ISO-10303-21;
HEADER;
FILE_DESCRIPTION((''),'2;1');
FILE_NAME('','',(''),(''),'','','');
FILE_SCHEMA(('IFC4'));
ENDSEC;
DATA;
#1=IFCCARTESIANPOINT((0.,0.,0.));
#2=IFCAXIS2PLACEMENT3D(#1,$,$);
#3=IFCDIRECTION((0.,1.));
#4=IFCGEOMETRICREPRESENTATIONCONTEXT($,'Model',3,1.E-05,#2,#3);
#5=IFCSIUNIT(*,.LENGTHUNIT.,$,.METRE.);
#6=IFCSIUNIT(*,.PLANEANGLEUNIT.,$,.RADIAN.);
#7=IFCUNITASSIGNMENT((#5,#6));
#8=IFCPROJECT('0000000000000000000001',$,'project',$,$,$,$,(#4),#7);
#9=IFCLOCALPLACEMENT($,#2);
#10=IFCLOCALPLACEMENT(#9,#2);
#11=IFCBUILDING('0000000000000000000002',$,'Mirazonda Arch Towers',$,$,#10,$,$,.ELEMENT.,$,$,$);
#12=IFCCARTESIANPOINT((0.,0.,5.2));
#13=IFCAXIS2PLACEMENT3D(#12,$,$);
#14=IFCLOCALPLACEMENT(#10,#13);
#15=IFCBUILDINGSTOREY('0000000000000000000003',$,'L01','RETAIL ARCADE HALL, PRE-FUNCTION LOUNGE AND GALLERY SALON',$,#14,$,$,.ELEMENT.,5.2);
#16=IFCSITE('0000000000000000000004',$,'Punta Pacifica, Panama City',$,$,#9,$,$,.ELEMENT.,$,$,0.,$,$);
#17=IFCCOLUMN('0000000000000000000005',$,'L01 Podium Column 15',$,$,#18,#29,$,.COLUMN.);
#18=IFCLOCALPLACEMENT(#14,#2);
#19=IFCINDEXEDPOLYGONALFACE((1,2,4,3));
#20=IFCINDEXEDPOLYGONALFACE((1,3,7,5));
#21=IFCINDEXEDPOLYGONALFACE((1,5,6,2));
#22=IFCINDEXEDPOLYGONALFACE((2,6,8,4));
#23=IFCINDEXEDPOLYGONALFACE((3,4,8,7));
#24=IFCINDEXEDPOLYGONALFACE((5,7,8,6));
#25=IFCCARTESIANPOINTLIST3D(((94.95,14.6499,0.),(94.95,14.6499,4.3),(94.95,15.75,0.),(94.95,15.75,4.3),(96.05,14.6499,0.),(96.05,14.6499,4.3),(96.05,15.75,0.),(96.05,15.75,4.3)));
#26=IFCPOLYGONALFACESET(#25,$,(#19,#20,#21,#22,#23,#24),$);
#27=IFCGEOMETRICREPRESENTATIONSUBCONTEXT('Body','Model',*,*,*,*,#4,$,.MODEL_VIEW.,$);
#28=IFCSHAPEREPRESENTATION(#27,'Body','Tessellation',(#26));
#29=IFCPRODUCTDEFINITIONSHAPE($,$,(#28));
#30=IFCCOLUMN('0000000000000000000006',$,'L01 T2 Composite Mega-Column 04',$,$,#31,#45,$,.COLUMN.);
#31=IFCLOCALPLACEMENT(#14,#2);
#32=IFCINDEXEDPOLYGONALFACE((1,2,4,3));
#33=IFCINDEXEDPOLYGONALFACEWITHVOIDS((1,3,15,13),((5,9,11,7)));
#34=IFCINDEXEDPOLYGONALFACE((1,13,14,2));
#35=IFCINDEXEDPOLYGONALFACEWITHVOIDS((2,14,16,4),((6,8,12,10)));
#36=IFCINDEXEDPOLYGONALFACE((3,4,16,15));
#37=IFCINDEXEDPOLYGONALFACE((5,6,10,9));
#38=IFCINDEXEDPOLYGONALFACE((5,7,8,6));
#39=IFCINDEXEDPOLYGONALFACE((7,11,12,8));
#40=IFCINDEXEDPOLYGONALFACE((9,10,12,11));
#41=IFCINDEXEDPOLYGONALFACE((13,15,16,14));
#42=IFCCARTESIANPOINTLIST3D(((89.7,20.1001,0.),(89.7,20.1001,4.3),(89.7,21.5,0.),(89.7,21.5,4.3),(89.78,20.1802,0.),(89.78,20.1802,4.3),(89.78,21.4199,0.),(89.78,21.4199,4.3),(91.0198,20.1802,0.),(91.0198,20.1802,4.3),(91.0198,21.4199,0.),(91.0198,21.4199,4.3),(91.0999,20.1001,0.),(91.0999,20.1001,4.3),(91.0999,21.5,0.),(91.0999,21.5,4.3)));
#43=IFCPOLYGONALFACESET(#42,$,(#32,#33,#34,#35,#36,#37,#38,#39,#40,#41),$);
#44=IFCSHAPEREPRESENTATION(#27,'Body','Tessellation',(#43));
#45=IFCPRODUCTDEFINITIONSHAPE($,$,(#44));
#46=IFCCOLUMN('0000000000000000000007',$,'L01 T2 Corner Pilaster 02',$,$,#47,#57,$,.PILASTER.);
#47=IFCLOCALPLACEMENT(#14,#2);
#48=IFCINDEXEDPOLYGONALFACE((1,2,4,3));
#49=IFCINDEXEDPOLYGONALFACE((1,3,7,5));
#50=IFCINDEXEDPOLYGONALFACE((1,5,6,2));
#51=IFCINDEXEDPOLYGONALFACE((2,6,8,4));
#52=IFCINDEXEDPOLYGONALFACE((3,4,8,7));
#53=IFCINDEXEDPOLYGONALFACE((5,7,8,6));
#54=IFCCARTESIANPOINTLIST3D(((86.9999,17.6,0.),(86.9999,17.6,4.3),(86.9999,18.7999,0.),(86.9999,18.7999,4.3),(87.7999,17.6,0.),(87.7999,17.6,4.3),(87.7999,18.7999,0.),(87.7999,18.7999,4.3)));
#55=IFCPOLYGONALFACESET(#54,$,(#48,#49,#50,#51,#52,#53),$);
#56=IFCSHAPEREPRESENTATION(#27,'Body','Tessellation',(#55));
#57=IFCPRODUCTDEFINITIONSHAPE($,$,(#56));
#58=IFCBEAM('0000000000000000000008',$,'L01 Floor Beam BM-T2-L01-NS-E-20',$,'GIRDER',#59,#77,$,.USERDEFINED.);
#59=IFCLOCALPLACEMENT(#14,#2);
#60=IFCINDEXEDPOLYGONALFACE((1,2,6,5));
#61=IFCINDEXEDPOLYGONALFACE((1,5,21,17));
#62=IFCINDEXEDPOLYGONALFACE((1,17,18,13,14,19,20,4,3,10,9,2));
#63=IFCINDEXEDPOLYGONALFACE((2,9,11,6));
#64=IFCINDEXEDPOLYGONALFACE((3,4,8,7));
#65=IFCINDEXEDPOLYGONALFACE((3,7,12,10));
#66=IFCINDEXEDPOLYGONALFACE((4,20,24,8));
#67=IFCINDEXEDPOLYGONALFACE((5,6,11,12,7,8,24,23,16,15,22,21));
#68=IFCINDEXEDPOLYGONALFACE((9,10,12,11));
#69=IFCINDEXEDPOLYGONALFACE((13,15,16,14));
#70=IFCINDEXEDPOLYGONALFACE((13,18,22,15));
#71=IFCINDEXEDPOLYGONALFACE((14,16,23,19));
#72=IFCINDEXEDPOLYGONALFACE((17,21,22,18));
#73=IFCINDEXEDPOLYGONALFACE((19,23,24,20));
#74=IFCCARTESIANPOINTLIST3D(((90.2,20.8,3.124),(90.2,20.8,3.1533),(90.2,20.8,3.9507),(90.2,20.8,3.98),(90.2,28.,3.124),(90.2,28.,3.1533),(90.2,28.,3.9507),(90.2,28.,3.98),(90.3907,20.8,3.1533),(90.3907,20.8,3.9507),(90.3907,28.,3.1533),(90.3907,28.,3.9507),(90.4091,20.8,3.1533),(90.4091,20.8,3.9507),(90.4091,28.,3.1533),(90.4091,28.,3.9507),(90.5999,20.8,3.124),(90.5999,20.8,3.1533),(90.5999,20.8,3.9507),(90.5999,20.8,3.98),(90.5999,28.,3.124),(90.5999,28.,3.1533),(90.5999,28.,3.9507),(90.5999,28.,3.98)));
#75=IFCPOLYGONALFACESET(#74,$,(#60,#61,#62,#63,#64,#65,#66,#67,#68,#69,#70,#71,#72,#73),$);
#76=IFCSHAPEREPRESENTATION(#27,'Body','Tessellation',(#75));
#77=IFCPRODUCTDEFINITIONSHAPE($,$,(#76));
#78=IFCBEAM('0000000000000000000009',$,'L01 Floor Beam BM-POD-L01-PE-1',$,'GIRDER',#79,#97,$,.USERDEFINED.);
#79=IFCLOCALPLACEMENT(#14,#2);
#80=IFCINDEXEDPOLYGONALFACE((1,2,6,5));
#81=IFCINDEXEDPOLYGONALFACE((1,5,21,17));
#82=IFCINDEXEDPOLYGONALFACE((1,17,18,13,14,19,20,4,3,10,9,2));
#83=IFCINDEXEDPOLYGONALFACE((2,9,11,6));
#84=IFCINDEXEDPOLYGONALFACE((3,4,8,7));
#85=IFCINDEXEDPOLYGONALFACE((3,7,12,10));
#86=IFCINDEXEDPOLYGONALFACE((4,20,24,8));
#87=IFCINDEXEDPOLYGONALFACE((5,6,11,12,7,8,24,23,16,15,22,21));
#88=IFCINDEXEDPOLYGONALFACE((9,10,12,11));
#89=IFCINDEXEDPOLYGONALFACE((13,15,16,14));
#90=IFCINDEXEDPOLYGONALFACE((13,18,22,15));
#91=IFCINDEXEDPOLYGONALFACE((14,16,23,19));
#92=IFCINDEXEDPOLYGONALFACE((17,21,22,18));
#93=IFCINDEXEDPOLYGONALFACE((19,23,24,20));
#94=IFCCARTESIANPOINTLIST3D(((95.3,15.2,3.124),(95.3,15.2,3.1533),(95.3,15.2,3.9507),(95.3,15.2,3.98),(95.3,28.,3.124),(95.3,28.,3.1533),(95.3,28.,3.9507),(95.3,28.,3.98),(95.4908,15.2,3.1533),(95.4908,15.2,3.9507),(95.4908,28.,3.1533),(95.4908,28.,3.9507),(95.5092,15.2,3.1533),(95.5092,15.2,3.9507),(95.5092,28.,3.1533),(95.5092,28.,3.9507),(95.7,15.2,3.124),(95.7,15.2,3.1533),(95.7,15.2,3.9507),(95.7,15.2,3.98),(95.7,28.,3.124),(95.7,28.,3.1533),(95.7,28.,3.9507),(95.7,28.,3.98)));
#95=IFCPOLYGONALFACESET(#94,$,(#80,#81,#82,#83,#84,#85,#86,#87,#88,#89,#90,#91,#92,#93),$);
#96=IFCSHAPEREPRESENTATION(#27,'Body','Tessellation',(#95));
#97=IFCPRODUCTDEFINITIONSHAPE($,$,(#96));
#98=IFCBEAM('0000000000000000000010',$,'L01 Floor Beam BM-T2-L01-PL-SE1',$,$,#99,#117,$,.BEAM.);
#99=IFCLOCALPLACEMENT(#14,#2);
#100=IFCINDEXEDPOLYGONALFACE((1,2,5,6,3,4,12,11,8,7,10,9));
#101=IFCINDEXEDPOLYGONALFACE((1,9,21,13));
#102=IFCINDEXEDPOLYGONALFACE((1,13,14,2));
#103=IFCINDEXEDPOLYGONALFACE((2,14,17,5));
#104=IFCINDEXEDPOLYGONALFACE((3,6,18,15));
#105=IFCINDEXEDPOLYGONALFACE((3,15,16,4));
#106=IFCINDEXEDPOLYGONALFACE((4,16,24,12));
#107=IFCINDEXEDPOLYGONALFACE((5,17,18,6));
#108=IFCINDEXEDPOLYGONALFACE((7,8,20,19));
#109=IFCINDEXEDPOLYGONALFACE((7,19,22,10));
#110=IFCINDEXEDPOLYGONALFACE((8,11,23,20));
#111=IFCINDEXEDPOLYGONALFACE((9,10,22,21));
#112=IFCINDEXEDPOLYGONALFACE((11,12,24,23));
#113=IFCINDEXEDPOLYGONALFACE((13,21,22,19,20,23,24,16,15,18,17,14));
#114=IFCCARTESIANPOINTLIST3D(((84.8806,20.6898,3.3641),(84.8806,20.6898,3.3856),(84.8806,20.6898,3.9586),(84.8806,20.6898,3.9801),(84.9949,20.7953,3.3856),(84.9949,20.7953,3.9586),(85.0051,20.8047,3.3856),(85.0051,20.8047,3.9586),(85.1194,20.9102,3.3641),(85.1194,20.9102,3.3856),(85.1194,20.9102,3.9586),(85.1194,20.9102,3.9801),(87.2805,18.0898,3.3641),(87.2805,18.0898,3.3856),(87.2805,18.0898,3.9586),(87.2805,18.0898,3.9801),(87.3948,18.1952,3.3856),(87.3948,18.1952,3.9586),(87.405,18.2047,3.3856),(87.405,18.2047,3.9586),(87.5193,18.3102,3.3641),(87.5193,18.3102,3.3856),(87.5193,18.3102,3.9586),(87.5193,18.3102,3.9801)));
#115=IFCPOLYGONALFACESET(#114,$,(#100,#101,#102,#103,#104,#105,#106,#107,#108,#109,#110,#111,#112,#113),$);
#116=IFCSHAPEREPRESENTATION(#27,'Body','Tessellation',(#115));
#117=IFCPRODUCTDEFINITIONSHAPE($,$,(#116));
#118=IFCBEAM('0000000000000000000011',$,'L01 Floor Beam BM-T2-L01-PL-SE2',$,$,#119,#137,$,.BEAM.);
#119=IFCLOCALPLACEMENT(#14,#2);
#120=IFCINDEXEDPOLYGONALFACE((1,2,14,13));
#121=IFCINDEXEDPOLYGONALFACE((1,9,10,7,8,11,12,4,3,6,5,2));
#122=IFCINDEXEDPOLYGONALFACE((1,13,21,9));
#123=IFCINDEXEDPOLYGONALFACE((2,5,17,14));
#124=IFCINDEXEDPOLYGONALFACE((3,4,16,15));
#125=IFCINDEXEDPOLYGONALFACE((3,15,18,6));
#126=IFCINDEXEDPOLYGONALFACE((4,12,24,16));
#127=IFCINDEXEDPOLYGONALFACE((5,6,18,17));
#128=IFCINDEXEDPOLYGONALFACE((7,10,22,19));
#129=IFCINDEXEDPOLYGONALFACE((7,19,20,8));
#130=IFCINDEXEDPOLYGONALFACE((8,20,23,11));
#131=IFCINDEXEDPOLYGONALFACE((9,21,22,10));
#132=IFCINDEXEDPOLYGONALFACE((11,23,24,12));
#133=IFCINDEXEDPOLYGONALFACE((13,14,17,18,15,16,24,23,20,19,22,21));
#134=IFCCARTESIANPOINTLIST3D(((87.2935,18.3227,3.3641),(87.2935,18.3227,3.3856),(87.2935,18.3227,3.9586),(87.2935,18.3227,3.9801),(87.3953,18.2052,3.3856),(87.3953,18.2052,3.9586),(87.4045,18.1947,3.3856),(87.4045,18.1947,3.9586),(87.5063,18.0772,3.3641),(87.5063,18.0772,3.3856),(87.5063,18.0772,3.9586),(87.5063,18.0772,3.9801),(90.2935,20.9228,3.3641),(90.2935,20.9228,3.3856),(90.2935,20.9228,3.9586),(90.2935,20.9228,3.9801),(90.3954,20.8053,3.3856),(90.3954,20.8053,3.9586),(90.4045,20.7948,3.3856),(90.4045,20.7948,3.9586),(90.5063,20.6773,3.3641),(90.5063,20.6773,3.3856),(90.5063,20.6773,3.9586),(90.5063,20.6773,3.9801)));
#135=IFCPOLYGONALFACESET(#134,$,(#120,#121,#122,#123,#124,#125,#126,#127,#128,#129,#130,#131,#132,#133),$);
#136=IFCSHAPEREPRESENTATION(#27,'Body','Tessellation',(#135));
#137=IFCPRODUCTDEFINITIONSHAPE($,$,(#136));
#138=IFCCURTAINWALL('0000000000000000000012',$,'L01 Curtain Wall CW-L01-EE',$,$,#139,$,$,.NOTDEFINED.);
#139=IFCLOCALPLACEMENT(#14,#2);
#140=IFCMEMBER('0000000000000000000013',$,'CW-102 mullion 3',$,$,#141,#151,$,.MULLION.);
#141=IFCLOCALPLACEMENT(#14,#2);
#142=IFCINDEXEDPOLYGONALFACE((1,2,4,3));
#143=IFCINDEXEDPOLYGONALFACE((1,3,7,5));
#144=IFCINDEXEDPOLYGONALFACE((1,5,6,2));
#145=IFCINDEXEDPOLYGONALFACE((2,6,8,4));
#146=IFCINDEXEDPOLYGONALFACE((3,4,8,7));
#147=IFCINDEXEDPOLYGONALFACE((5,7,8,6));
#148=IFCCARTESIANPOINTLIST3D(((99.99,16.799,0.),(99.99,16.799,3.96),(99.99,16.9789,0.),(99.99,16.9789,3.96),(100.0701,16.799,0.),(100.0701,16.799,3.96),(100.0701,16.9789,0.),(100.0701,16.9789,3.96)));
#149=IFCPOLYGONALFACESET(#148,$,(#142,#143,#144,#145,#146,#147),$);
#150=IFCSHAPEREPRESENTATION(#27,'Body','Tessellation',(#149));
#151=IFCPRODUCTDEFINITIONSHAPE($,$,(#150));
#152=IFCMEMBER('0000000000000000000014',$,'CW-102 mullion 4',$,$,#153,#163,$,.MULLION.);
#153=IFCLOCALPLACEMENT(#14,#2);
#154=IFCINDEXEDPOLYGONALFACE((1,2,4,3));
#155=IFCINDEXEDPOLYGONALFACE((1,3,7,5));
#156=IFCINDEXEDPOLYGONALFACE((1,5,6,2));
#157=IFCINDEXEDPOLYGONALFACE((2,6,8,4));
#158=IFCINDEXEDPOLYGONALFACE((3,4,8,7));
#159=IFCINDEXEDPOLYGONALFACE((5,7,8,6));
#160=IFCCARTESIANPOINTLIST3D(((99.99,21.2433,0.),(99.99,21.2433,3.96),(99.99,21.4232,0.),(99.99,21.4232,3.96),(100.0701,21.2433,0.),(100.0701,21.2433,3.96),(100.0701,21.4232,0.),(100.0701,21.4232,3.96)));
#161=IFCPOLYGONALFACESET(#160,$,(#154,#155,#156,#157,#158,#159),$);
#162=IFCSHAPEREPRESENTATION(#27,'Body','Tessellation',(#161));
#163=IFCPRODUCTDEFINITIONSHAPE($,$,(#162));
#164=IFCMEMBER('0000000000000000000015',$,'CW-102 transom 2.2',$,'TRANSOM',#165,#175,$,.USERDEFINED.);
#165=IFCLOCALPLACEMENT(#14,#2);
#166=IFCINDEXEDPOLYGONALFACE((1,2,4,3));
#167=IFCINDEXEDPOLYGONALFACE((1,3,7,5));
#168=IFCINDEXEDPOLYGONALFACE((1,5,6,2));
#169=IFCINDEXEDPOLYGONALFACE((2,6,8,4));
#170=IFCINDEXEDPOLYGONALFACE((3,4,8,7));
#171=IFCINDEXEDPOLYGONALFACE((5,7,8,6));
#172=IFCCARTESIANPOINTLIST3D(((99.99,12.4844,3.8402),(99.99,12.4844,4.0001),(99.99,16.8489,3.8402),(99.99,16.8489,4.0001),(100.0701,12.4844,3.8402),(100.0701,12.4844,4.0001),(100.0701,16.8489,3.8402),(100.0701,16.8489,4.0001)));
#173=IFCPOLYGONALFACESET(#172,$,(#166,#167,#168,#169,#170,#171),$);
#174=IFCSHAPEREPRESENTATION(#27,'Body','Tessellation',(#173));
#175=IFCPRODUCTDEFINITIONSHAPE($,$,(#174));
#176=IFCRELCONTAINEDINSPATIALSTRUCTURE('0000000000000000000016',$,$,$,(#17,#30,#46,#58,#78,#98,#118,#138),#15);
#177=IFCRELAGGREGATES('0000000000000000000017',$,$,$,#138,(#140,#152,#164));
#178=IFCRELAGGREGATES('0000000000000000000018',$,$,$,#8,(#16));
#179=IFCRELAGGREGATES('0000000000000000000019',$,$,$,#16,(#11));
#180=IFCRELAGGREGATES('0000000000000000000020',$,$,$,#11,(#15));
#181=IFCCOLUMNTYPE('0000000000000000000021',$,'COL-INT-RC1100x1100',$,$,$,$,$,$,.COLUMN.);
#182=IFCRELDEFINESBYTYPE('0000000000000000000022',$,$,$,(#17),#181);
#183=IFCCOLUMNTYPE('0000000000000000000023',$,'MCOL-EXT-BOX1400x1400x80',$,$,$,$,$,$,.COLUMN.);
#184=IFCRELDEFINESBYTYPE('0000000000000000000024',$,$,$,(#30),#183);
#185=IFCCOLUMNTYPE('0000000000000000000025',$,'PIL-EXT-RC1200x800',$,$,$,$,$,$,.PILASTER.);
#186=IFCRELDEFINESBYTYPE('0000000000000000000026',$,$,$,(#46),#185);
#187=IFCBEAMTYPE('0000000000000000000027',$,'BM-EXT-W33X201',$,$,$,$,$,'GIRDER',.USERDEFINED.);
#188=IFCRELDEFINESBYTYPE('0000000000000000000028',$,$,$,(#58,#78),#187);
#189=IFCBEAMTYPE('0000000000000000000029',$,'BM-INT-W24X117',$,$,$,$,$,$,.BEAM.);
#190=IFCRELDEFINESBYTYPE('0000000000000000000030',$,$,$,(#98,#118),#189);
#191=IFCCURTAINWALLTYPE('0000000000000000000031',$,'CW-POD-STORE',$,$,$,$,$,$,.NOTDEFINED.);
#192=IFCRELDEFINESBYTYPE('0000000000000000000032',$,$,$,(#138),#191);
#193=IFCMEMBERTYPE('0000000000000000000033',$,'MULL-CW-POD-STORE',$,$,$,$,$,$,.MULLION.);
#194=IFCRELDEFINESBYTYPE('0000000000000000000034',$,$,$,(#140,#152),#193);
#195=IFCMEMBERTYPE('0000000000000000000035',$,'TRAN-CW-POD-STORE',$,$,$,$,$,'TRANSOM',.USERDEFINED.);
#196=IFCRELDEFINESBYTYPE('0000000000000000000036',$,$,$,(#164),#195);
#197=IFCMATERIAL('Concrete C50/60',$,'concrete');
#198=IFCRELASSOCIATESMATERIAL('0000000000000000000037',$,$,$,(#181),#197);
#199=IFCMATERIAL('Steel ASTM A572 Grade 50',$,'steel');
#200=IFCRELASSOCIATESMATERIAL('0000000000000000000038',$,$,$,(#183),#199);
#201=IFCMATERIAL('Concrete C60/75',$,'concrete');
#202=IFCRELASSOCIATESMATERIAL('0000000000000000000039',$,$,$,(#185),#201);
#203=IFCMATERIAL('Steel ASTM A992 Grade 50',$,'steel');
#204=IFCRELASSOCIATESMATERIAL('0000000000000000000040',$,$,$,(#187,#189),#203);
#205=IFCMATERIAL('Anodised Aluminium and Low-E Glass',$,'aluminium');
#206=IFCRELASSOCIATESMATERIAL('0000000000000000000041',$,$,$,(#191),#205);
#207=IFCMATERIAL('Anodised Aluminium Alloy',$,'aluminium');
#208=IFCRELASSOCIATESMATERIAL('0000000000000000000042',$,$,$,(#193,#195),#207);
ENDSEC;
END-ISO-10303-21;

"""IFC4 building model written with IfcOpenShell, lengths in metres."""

from ifc_helpers import new_model, si_unit, direction, frame, origin, origin_2d, place, context, subcontext, project, spatial, rectangle, hollow_rectangle, i_section, extrude, material, material_profile, profile_set, type_object, element, aggregate, save


model = new_model("IFC4")

# Units and contexts
model_context = context("Model", 3, precision=1e-05, world=origin(), true_north=direction((0.0, 1.0)))
body_context = subcontext(model_context, "Body", "Model", "MODEL_VIEW")
ifc_project = project(units=[si_unit("LENGTHUNIT", "METRE"), si_unit("PLANEANGLEUNIT", "RADIAN")], contexts=[model_context])

# Site, building, storey
site_placement = place(None, origin())
site = spatial("IfcSite", under=ifc_project, at=site_placement, Name="Punta Pacifica, Panama City", CompositionType="ELEMENT", RefElevation=0.0)
building_placement = place(site_placement, origin())
building = spatial("IfcBuilding", under=site, at=building_placement, Name="Mirazonda Arch Towers", CompositionType="ELEMENT")
storey_placement = place(building_placement, frame((0.0, 0.0, 5.2)))
storey = spatial("IfcBuildingStorey", under=building, at=storey_placement, Name="L01", Description="RETAIL ARCADE HALL, PRE-FUNCTION LOUNGE AND GALLERY SALON", CompositionType="ELEMENT", Elevation=5.2)

# Columns
ifc_material_1 = material(Name="Concrete C50/60", Category="concrete")
ifc_material_profile_1 = material_profile(ifc_material_1, rectangle(XDim=1.1001, YDim=1.1001, at=origin_2d()), Name="RC1100x1100")
ifc_profile_set_1 = profile_set([ifc_material_profile_1], Name="Concrete C50/60")
column_type_1 = type_object("IfcColumnType", Name="COL-INT-RC1100x1100", PredefinedType="COLUMN", material=ifc_profile_set_1)
column_1_placement = place(storey_placement, frame((95.5, 15.2, 0.0), z_axis=(0.0, 0.0, 1.0), x_axis=(1.0, 0.0, 0.0)))
element("IfcColumn", 1, at=column_1_placement, inside=storey, type_object=column_type_1, Name="L01 Podium Column 15", PredefinedType="COLUMN", context=body_context, shape_type="SweptSolid", body=[
    extrude(rectangle(XDim=1.1001, YDim=1.1001, at=origin_2d()), origin(), (0.0, 0.0, 1.0), 4.3),
])
ifc_material_2 = material(Name="Steel ASTM A572 Grade 50", Category="steel")
ifc_material_profile_2 = material_profile(ifc_material_2, hollow_rectangle(XDim=1.3999, YDim=1.3999, WallThickness=0.0801, at=origin_2d()), Name="BOX1400x1400x80")
ifc_profile_set_2 = profile_set([ifc_material_profile_2], Name="Steel ASTM A572 Grade 50")
column_type_2 = type_object("IfcColumnType", Name="MCOL-EXT-BOX1400x1400x80", PredefinedType="COLUMN", material=ifc_profile_set_2)
column_2_placement = place(storey_placement, frame((90.3999, 20.8, 0.0), z_axis=(0.0, 0.0, 1.0), x_axis=(1.0, 0.0, 0.0)))
element("IfcColumn", 2, at=column_2_placement, inside=storey, type_object=column_type_2, Name="L01 T2 Composite Mega-Column 04", PredefinedType="COLUMN", context=body_context, shape_type="SweptSolid", body=[
    extrude(hollow_rectangle(XDim=1.3999, YDim=1.3999, WallThickness=0.0801, at=origin_2d()), origin(), (0.0, 0.0, 1.0), 4.3),
])
ifc_material_3 = material(Name="Concrete C60/75", Category="concrete")
ifc_material_profile_3 = material_profile(ifc_material_3, rectangle(XDim=0.8, YDim=1.2, at=origin_2d()), Name="RC1200x800")
ifc_profile_set_3 = profile_set([ifc_material_profile_3], Name="Concrete C60/75")
column_type_3 = type_object("IfcColumnType", Name="PIL-EXT-RC1200x800", PredefinedType="PILASTER", material=ifc_profile_set_3)
column_3_placement = place(storey_placement, frame((87.3999, 18.2, 0.0), z_axis=(0.0, 0.0, 1.0), x_axis=(1.0, 0.0, 0.0)))
element("IfcColumn", 3, at=column_3_placement, inside=storey, type_object=column_type_3, Name="L01 T2 Corner Pilaster 02", PredefinedType="PILASTER", context=body_context, shape_type="SweptSolid", body=[
    extrude(rectangle(XDim=0.8, YDim=1.2, at=origin_2d()), origin(), (0.0, 0.0, 1.0), 4.3),
])

# Beams
ifc_material_4 = material(Name="Steel ASTM A992 Grade 50", Category="steel")
ifc_material_profile_4 = material_profile(ifc_material_4, i_section(OverallWidth=0.3999, OverallDepth=0.856, WebThickness=0.0183, FlangeThickness=0.0293, at=origin_2d()), Name="W33X201")
ifc_profile_set_4 = profile_set([ifc_material_profile_4], Name="Steel ASTM A992 Grade 50")
beam_type_1 = type_object("IfcBeamType", Name="BM-EXT-W33X201", ElementType="GIRDER", PredefinedType="USERDEFINED", material=ifc_profile_set_4)
beam_1_placement = place(storey_placement, frame((90.3999, 20.8, 3.552), z_axis=(0.0, 1.0, 0.0), x_axis=(-1.0, 0.0, 0.0)))
element("IfcBeam", 4, at=beam_1_placement, inside=storey, type_object=beam_type_1, Name="L01 Floor Beam BM-T2-L01-NS-E-20", ObjectType="GIRDER", PredefinedType="USERDEFINED", context=body_context, shape_type="SweptSolid", body=[
    extrude(i_section(OverallWidth=0.3999, OverallDepth=0.856, WebThickness=0.0183, FlangeThickness=0.0293, at=origin_2d()), origin(), (0.0, 0.0, 1.0), 7.2),
])
beam_2_placement = place(storey_placement, frame((95.5, 15.2, 3.552), z_axis=(0.0, 1.0, 0.0), x_axis=(-1.0, 0.0, 0.0)))
element("IfcBeam", 5, at=beam_2_placement, inside=storey, type_object=beam_type_1, Name="L01 Floor Beam BM-POD-L01-PE-1", ObjectType="GIRDER", PredefinedType="USERDEFINED", context=body_context, shape_type="SweptSolid", body=[
    extrude(i_section(OverallWidth=0.3999, OverallDepth=0.856, WebThickness=0.0183, FlangeThickness=0.0293, at=origin_2d()), origin(), (0.0, 0.0, 1.0), 12.8),
])
ifc_material_profile_5 = material_profile(ifc_material_4, i_section(OverallWidth=0.325, OverallDepth=0.616, WebThickness=0.0139, FlangeThickness=0.0215, at=origin_2d()), Name="W24X117")
ifc_profile_set_5 = profile_set([ifc_material_profile_5], Name="Steel ASTM A992 Grade 50")
beam_type_2 = type_object("IfcBeamType", Name="BM-INT-W24X117", PredefinedType="BEAM", material=ifc_profile_set_5)
beam_3_placement = place(storey_placement, frame((87.3999, 18.2, 3.6721), z_axis=(-0.678251, 0.73483, 0.0), x_axis=(-0.73483, -0.678251, 0.0)))
element("IfcBeam", 6, at=beam_3_placement, inside=storey, type_object=beam_type_2, Name="L01 Floor Beam BM-T2-L01-PL-SE1", PredefinedType="BEAM", context=body_context, shape_type="SweptSolid", body=[
    extrude(i_section(OverallWidth=0.325, OverallDepth=0.616, WebThickness=0.0139, FlangeThickness=0.0215, at=origin_2d()), origin(), (0.0, 0.0, 1.0), 3.5383),
])
beam_4_placement = place(storey_placement, frame((87.3999, 18.2, 3.6721), z_axis=(0.755677, 0.654945, 0.0), x_axis=(-0.654945, 0.755677, 0.0)))
element("IfcBeam", 7, at=beam_4_placement, inside=storey, type_object=beam_type_2, Name="L01 Floor Beam BM-T2-L01-PL-SE2", PredefinedType="BEAM", context=body_context, shape_type="SweptSolid", body=[
    extrude(i_section(OverallWidth=0.325, OverallDepth=0.616, WebThickness=0.0139, FlangeThickness=0.0215, at=origin_2d()), origin(), (0.0, 0.0, 1.0), 3.97),
])

# Curtain wall, members
ifc_material_5 = material(Name="Anodised Aluminium and Low-E Glass", Category="aluminium")
curtain_wall_type = type_object("IfcCurtainWallType", Name="CW-POD-STORE", PredefinedType="NOTDEFINED", material=ifc_material_5)
curtain_wall_placement = place(storey_placement, origin())
curtain_wall = element("IfcCurtainWall", 8, at=curtain_wall_placement, inside=storey, type_object=curtain_wall_type, Name="L01 Curtain Wall CW-L01-EE", PredefinedType="NOTDEFINED")
ifc_material_6 = material(Name="Anodised Aluminium Alloy", Category="aluminium")
ifc_material_profile_6 = material_profile(ifc_material_6, rectangle(XDim=0.0801, YDim=0.1799, at=origin_2d()), Name="ALU-MULL-80x180")
ifc_profile_set_6 = profile_set([ifc_material_profile_6], Name="Anodised Aluminium Alloy")
member_type_1 = type_object("IfcMemberType", Name="MULL-CW-POD-STORE", PredefinedType="MULLION", material=ifc_profile_set_6)
member_1_placement = place(storey_placement, frame((100.03, 16.8889, 0.0), z_axis=(0.0, 0.0, 1.0), x_axis=(-1.0, 0.0, 0.0)))
member_1 = element("IfcMember", 9, at=member_1_placement, type_object=member_type_1, Name="CW-102 mullion 3", PredefinedType="MULLION", context=body_context, shape_type="SweptSolid", body=[
    extrude(rectangle(XDim=0.0801, YDim=0.1799, at=origin_2d()), origin(), (0.0, 0.0, 1.0), 3.96),
])
member_2_placement = place(storey_placement, frame((100.03, 21.3333, 0.0), z_axis=(0.0, 0.0, 1.0), x_axis=(-1.0, 0.0, 0.0)))
member_2 = element("IfcMember", 10, at=member_2_placement, type_object=member_type_1, Name="CW-102 mullion 4", PredefinedType="MULLION", context=body_context, shape_type="SweptSolid", body=[
    extrude(rectangle(XDim=0.0801, YDim=0.1799, at=origin_2d()), origin(), (0.0, 0.0, 1.0), 3.96),
])
ifc_material_profile_7 = material_profile(ifc_material_6, rectangle(XDim=0.0801, YDim=0.1599, at=origin_2d()), Name="ALU-TRAN-80x160")
ifc_profile_set_7 = profile_set([ifc_material_profile_7], Name="Anodised Aluminium Alloy")
member_type_2 = type_object("IfcMemberType", Name="TRAN-CW-POD-STORE", ElementType="TRANSOM", PredefinedType="USERDEFINED", material=ifc_profile_set_7)
member_3_placement = place(storey_placement, frame((100.03, 12.4844, 3.9202), z_axis=(0.0, 1.0, 0.0), x_axis=(-1.0, 0.0, 0.0)))
member_3 = element("IfcMember", 11, at=member_3_placement, type_object=member_type_2, Name="CW-102 transom 2.2", ObjectType="TRANSOM", PredefinedType="USERDEFINED", context=body_context, shape_type="SweptSolid", body=[
    extrude(rectangle(XDim=0.0801, YDim=0.1599, at=origin_2d()), origin(), (0.0, 0.0, 1.0), 4.3645),
])
aggregate(curtain_wall, [member_1, member_2, member_3])

save(model, "model.ifc")
